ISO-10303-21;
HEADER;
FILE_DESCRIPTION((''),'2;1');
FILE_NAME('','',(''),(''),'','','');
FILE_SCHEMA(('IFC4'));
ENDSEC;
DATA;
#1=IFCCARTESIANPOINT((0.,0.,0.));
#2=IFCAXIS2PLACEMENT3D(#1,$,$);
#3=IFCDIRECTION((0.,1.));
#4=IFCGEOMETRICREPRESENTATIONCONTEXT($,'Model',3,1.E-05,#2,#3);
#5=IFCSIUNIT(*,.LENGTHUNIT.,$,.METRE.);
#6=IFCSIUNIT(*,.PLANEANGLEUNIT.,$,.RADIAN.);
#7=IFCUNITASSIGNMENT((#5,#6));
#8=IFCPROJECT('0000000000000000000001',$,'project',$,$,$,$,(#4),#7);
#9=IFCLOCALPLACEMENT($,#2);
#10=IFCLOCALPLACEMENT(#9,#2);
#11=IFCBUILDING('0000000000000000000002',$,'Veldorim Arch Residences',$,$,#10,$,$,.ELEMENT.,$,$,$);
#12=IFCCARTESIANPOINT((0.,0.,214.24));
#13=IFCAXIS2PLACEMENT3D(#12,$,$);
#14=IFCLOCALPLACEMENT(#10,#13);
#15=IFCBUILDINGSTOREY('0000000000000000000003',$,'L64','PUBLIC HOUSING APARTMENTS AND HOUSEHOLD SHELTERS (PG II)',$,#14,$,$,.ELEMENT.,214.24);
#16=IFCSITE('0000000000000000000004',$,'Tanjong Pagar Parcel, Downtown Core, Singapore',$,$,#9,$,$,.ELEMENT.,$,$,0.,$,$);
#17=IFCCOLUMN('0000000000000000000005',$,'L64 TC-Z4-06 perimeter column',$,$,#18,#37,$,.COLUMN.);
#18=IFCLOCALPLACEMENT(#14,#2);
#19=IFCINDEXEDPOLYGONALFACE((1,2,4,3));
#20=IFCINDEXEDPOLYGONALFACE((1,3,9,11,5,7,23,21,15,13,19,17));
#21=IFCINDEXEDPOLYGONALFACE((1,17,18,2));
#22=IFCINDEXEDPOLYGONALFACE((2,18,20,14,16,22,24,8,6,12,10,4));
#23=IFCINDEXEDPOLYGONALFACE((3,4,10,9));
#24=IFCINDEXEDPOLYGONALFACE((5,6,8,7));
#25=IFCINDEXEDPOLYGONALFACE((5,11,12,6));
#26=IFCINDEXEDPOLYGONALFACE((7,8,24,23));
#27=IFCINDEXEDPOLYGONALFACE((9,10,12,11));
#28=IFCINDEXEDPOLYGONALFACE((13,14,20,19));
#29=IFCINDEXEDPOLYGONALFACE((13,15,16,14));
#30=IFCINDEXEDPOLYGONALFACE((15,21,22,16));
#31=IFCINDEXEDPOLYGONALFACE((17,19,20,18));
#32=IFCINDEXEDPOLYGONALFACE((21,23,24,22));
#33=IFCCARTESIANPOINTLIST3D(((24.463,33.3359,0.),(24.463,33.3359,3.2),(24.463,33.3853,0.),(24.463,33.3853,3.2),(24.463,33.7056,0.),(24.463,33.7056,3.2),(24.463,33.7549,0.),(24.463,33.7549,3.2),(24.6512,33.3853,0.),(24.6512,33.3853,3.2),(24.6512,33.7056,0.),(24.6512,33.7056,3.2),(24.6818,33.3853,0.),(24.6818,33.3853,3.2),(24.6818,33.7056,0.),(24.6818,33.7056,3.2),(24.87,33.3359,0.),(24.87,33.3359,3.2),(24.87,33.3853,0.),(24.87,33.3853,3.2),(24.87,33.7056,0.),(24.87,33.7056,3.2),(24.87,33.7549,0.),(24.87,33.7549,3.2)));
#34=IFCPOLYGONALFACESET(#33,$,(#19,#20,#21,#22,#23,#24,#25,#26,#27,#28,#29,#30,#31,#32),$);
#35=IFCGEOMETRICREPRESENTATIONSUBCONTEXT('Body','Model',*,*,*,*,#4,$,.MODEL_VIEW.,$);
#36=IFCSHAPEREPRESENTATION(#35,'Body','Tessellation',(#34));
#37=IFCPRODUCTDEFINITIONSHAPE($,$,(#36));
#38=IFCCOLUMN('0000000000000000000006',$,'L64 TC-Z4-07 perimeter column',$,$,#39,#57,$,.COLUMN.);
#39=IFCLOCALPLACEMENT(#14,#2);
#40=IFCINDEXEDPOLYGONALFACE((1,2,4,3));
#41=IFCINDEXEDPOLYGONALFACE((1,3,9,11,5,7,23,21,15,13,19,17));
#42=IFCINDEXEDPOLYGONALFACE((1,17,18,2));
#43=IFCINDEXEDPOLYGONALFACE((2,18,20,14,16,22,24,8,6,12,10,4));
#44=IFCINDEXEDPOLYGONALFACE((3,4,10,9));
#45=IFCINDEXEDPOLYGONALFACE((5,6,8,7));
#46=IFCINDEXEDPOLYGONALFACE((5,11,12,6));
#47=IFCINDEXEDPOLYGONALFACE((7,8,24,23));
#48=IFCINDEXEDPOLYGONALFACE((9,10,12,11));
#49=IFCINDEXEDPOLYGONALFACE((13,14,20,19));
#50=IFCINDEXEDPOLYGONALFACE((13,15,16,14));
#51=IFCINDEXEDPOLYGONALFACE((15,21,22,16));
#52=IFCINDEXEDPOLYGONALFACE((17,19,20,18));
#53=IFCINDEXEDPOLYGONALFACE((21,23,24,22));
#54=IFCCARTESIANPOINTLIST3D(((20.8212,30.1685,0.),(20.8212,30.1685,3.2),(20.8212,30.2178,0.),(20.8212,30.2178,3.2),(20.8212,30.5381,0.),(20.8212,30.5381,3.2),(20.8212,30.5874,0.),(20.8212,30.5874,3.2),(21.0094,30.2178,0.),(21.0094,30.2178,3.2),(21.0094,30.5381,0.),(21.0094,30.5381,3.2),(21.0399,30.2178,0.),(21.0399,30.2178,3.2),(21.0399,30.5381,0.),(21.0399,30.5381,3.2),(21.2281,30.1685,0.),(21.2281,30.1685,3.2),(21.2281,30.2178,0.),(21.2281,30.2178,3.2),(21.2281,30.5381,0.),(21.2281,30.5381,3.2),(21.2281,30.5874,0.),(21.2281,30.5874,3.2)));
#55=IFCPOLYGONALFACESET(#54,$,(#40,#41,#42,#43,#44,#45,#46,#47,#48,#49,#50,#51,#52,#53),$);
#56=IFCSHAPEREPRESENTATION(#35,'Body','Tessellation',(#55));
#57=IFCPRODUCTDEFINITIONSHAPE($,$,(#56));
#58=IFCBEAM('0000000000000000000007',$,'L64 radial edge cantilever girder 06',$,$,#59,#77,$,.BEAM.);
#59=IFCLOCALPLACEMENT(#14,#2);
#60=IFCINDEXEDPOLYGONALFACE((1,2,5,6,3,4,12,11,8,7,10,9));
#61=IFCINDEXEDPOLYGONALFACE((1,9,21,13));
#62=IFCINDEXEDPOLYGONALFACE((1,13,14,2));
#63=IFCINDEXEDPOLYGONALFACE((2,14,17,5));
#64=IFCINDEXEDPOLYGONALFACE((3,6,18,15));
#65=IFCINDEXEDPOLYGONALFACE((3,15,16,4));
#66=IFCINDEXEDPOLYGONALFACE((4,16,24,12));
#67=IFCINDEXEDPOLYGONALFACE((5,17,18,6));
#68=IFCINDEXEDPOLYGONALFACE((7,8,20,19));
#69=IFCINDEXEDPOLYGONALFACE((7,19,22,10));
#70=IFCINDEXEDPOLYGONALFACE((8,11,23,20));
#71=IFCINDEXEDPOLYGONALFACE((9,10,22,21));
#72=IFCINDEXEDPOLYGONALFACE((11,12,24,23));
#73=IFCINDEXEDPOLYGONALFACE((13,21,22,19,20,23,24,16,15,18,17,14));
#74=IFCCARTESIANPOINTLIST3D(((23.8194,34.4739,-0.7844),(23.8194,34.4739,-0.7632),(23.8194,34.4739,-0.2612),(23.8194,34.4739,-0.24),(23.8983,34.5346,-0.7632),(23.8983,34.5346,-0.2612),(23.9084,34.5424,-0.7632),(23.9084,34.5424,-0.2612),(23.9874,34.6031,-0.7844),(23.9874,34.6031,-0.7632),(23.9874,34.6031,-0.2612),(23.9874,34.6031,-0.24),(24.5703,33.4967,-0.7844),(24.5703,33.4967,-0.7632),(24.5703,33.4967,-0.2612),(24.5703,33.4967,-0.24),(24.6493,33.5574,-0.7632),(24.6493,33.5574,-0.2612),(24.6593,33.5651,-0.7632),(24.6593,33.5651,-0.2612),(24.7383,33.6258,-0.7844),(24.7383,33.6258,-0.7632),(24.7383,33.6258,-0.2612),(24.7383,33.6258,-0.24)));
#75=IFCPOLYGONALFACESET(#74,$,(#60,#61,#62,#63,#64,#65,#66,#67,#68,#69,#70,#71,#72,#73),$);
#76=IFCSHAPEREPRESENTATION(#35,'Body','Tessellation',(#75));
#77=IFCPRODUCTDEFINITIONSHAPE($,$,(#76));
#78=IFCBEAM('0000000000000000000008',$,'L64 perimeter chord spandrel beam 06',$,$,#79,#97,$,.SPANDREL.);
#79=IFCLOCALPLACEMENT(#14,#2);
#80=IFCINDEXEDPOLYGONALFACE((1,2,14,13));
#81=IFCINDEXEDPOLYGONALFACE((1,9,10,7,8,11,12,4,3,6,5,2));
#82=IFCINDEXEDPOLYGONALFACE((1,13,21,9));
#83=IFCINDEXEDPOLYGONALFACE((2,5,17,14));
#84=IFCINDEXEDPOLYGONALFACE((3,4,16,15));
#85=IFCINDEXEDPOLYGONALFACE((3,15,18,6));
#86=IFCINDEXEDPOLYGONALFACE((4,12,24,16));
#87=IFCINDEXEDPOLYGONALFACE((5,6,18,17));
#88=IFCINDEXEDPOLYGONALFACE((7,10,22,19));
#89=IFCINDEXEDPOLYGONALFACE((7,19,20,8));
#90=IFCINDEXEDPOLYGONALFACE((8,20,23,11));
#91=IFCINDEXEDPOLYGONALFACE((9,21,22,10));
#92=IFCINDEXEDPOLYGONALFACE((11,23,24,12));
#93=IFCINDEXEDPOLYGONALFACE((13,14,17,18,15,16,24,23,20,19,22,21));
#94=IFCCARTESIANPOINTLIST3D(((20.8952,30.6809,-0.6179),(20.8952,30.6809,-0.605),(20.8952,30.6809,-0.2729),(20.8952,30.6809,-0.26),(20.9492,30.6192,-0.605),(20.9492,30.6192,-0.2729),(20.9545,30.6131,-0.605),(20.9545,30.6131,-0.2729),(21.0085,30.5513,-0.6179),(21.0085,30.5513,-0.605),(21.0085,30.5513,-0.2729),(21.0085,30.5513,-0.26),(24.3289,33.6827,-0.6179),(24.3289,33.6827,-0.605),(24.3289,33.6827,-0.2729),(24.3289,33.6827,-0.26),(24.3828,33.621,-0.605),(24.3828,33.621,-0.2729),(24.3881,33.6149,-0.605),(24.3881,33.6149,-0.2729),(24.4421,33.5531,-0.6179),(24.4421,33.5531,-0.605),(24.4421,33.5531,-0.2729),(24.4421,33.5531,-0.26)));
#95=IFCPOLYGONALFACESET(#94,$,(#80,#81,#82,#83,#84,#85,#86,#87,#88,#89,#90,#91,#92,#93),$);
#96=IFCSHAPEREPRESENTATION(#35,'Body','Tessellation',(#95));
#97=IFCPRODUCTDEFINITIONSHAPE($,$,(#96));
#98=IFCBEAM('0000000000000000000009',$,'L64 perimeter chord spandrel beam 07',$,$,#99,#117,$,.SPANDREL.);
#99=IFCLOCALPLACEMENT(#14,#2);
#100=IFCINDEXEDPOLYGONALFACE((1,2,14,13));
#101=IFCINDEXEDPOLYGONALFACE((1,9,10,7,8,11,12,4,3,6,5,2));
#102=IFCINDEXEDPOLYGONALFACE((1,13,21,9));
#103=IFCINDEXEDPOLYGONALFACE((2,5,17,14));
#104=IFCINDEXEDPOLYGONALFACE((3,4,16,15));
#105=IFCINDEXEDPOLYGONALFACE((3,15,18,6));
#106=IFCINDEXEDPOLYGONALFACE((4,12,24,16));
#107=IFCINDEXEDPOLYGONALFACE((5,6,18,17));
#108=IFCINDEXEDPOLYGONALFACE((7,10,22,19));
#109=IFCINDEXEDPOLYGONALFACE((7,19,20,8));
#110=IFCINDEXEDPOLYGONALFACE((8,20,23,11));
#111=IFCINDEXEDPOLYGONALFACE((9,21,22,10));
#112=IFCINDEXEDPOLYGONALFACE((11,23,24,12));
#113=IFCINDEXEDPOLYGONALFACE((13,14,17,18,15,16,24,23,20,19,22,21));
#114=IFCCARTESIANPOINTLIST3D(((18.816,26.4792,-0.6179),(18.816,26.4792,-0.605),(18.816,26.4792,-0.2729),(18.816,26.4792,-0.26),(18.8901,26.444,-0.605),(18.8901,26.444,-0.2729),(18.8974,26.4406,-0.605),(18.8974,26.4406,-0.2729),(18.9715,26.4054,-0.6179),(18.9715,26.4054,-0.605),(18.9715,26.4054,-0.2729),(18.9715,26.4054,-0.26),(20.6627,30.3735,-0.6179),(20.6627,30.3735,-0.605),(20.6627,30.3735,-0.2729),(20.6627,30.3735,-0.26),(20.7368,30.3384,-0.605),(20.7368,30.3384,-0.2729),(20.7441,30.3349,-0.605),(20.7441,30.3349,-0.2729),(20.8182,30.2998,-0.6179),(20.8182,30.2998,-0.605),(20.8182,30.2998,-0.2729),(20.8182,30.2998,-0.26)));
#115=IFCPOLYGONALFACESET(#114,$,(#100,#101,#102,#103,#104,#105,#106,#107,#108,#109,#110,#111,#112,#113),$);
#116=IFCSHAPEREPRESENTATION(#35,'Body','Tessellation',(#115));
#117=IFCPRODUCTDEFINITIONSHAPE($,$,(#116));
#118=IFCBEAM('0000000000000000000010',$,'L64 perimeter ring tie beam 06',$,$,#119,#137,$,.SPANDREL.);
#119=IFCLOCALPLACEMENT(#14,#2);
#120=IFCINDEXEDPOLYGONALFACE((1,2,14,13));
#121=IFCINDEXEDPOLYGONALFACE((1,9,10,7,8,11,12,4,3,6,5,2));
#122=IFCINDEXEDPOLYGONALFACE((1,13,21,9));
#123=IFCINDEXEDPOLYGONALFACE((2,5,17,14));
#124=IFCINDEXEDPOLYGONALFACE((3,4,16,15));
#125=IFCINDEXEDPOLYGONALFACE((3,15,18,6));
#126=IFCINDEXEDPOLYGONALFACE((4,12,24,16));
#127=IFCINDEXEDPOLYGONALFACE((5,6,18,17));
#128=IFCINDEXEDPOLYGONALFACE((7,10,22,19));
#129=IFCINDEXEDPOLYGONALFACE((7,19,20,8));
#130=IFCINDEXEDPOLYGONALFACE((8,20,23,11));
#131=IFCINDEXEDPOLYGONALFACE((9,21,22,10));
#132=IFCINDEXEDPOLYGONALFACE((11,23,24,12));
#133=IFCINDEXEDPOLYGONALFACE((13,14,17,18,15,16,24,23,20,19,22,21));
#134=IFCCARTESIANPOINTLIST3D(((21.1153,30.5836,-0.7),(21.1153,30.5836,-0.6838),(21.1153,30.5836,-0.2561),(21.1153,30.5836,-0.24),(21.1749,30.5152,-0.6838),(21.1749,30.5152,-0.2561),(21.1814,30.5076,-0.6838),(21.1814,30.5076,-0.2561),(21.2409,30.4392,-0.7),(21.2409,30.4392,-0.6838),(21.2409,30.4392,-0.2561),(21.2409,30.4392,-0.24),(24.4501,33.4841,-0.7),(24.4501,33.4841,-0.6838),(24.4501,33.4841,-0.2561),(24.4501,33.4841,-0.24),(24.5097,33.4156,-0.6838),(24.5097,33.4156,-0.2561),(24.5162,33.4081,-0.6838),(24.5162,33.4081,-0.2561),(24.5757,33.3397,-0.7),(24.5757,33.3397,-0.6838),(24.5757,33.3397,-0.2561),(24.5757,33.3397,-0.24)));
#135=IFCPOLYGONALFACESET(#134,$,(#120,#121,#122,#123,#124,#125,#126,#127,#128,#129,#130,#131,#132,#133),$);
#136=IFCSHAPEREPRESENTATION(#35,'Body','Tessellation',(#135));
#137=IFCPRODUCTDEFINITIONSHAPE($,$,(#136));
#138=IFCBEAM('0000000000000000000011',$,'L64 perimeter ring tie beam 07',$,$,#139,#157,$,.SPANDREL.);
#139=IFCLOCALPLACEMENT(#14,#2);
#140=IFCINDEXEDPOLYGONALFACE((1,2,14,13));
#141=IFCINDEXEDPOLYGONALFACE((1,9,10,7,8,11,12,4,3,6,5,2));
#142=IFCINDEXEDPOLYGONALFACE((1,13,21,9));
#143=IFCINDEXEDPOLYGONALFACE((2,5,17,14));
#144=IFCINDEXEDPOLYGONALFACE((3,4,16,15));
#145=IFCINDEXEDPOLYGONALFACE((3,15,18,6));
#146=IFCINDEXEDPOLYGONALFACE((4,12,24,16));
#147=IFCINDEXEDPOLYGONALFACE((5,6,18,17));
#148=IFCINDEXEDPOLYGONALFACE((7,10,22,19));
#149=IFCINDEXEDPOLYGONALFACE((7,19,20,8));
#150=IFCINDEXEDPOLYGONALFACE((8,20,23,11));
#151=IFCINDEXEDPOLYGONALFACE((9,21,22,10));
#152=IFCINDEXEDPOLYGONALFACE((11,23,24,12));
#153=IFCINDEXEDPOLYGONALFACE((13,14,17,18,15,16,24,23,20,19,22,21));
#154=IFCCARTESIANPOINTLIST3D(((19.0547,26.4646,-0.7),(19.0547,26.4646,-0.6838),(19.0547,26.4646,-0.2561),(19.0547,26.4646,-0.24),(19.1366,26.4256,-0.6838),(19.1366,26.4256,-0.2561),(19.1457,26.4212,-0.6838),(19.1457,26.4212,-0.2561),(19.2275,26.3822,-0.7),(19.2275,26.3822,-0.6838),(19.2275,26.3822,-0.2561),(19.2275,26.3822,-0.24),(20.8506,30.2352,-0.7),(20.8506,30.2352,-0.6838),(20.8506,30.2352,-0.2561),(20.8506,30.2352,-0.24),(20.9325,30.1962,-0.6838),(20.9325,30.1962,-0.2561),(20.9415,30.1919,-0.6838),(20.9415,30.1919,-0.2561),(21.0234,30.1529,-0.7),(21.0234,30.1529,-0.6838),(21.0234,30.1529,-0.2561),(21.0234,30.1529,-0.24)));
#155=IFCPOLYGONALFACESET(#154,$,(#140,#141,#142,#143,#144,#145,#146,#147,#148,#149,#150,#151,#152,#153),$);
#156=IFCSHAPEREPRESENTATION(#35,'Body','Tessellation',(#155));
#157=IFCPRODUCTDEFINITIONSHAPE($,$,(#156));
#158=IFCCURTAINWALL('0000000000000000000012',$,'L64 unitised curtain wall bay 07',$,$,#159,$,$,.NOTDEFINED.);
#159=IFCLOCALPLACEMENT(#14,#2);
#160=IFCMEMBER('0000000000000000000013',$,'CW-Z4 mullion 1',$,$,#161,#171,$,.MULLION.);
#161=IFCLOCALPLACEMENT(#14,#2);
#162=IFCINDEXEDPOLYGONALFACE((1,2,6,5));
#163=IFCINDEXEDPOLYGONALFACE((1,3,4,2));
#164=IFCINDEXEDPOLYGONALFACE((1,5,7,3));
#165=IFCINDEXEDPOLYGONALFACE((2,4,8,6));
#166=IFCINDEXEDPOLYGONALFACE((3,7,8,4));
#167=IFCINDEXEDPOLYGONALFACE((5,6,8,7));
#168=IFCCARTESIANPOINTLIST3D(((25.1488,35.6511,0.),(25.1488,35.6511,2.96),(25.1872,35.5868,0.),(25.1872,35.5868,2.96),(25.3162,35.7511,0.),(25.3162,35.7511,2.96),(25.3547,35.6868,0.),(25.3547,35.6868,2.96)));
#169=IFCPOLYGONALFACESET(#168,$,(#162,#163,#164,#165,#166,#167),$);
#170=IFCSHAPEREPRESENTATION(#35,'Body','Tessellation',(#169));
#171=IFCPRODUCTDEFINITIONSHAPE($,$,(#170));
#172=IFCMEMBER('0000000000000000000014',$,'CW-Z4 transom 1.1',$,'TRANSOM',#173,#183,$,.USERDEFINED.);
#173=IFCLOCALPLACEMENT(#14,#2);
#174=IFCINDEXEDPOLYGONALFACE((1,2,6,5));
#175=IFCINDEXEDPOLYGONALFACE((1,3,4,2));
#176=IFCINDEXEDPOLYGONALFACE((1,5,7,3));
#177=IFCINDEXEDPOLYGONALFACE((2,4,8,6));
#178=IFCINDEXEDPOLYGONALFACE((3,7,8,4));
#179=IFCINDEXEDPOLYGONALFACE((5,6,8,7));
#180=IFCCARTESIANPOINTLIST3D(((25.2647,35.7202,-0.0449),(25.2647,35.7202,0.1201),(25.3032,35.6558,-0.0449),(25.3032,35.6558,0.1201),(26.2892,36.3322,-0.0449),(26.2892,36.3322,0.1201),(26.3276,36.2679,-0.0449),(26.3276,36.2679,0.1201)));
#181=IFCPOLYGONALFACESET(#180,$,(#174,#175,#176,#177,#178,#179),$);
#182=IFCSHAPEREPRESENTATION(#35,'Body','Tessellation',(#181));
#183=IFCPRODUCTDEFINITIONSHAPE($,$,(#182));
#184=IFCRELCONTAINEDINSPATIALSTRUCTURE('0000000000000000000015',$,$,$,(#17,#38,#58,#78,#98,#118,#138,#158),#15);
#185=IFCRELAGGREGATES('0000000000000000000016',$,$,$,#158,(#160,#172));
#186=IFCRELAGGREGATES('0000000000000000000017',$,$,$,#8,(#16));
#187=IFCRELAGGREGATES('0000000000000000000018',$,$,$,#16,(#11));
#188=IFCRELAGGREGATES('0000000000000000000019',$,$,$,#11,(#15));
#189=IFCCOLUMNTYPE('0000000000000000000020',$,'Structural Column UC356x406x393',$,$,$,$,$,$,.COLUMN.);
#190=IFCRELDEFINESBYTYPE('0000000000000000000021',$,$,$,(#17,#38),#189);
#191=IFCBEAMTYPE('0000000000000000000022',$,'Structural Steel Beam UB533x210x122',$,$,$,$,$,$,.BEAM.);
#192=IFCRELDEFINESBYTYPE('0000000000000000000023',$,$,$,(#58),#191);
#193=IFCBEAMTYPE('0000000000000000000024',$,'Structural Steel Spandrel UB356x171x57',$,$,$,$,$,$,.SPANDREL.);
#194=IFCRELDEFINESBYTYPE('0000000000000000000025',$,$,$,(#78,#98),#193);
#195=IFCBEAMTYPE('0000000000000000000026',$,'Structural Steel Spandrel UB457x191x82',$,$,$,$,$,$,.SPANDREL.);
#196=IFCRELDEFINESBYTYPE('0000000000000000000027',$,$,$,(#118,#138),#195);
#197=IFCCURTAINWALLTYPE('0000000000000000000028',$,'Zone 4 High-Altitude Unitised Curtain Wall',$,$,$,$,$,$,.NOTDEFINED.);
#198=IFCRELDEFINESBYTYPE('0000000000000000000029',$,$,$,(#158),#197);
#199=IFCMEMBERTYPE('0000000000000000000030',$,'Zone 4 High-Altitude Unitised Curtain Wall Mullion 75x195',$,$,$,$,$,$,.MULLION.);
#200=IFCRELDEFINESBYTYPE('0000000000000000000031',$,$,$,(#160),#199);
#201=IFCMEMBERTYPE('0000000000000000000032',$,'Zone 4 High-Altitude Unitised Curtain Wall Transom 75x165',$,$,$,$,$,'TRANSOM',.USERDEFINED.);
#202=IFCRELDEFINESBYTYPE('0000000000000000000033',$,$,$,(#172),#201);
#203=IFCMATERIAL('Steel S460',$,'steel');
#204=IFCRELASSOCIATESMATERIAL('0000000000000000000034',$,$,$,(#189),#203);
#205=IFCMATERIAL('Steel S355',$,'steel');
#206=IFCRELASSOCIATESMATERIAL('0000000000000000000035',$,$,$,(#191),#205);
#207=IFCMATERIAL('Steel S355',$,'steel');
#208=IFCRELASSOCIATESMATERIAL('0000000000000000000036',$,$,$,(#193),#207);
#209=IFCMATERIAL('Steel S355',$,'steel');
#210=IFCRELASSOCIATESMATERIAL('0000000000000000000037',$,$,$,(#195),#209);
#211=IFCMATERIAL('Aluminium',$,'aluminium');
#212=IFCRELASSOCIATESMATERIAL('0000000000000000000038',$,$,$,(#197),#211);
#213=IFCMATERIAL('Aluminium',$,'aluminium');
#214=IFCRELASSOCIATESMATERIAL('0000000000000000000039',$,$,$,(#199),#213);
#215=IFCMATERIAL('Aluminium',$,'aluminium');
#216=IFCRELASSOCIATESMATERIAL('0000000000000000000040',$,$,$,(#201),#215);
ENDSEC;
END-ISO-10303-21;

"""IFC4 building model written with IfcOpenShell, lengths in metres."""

from ifc_helpers import new_model, si_unit, direction, frame, origin, origin_2d, place, context, subcontext, project, spatial, rectangle, i_section, extrude, material, material_profile, profile_set, type_object, element, aggregate, save


model = new_model("IFC4")

# Units and contexts
model_context = context("Model", 3, precision=1e-05, world=origin(), true_north=direction((0.0, 1.0)))
body_context = subcontext(model_context, "Body", "Model", "MODEL_VIEW")
ifc_project = project(units=[si_unit("LENGTHUNIT", "METRE"), si_unit("PLANEANGLEUNIT", "RADIAN")], contexts=[model_context])

# Site, building, storey
site_placement = place(None, origin())
site = spatial("IfcSite", under=ifc_project, at=site_placement, Name="Tanjong Pagar Parcel, Downtown Core, Singapore", CompositionType="ELEMENT", RefElevation=0.0)
building_placement = place(site_placement, origin())
building = spatial("IfcBuilding", under=site, at=building_placement, Name="Veldorim Arch Residences", CompositionType="ELEMENT")
storey_placement = place(building_placement, frame((0.0, 0.0, 214.24)))
storey = spatial("IfcBuildingStorey", under=building, at=storey_placement, Name="L64", Description="PUBLIC HOUSING APARTMENTS AND HOUSEHOLD SHELTERS (PG II)", CompositionType="ELEMENT", Elevation=214.24)

# Columns
ifc_material_1 = material(Name="Steel S460", Category="steel")
ifc_material_profile_1 = material_profile(ifc_material_1, i_section(OverallWidth=0.407, OverallDepth=0.4189, WebThickness=0.0305, FlangeThickness=0.0493, at=origin_2d()), Name="UC356x406x393")
ifc_profile_set_1 = profile_set([ifc_material_profile_1], Name="Steel S460")
column_type = type_object("IfcColumnType", Name="Structural Column UC356x406x393", PredefinedType="COLUMN", material=ifc_profile_set_1)
for number, where, z_axis, x_axis, name in (
    (1, (24.6665, 33.5454, 0.0), (0.0, 0.0, 1.0), (1.0, 0.0, 0.0), "L64 TC-Z4-06 perimeter column"),
    (2, (21.0247, 30.3779, 0.0), (0.0, 0.0, 1.0), (1.0, 0.0, 0.0), "L64 TC-Z4-07 perimeter column"),
):
    element("IfcColumn", number, at=place(storey_placement, frame(where, z_axis=z_axis, x_axis=x_axis)), inside=storey, type_object=column_type, Name=name, PredefinedType="COLUMN", context=body_context, shape_type="SweptSolid", body=[
        extrude(i_section(OverallWidth=0.407, OverallDepth=0.4189, WebThickness=0.0305, FlangeThickness=0.0493, at=origin_2d()), origin(), (0.0, 0.0, 1.0), 3.2),
    ])

# Beams
ifc_material_2 = material(Name="Steel S355", Category="steel")
ifc_material_profile_2 = material_profile(ifc_material_2, i_section(OverallWidth=0.2119, OverallDepth=0.5444, WebThickness=0.0127, FlangeThickness=0.0212, at=origin_2d()), Name="UB533x210x122")
ifc_profile_set_2 = profile_set([ifc_material_profile_2], Name="Steel S355")
beam_type_1 = type_object("IfcBeamType", Name="Structural Steel Beam UB533x210x122", PredefinedType="BEAM", material=ifc_profile_set_2)
beam_1_placement = place(storey_placement, frame((24.6543, 33.5613, -0.5122), z_axis=(-0.609309, 0.792933, 0.0), x_axis=(-0.792933, -0.609309, 0.0)))
element("IfcBeam", 3, at=beam_1_placement, inside=storey, type_object=beam_type_1, Name="L64 radial edge cantilever girder 06", PredefinedType="BEAM", context=body_context, shape_type="SweptSolid", body=[
    extrude(i_section(OverallWidth=0.2119, OverallDepth=0.5444, WebThickness=0.0127, FlangeThickness=0.0212, at=origin_2d()), origin(), (0.0, 0.0, 1.0), 1.2324),
])
ifc_material_3 = material(Name="Steel S355", Category="steel")
ifc_material_profile_3 = material_profile(ifc_material_3, i_section(OverallWidth=0.1721, OverallDepth=0.3579, WebThickness=0.0081, FlangeThickness=0.0129, at=origin_2d()), Name="UB356x171x57")
ifc_profile_set_3 = profile_set([ifc_material_profile_3], Name="Steel S355")
beam_type_2 = type_object("IfcBeamType", Name="Structural Steel Spandrel UB356x171x57", PredefinedType="SPANDREL", material=ifc_profile_set_3)
beam_2_placement = place(storey_placement, frame((24.3855, 33.6179, -0.439), z_axis=(-0.752868, -0.658171, 0.0), x_axis=(0.658171, -0.752868, 0.0)))
element("IfcBeam", 4, at=beam_2_placement, inside=storey, type_object=beam_type_2, Name="L64 perimeter chord spandrel beam 06", PredefinedType="SPANDREL", context=body_context, shape_type="SweptSolid", body=[
    extrude(i_section(OverallWidth=0.1721, OverallDepth=0.3579, WebThickness=0.0081, FlangeThickness=0.0129, at=origin_2d()), origin(), (0.0, 0.0, 1.0), 4.5608),
])
beam_3_placement = place(storey_placement, frame((20.7405, 30.3367, -0.439), z_axis=(-0.428469, -0.903557, 0.0), x_axis=(0.903557, -0.428469, 0.0)))
element("IfcBeam", 5, at=beam_3_placement, inside=storey, type_object=beam_type_2, Name="L64 perimeter chord spandrel beam 07", PredefinedType="SPANDREL", context=body_context, shape_type="SweptSolid", body=[
    extrude(i_section(OverallWidth=0.1721, OverallDepth=0.3579, WebThickness=0.0081, FlangeThickness=0.0129, at=origin_2d()), origin(), (0.0, 0.0, 1.0), 4.3101),
])
ifc_material_4 = material(Name="Steel S355", Category="steel")
ifc_material_profile_4 = material_profile(ifc_material_4, i_section(OverallWidth=0.1914, OverallDepth=0.46, WebThickness=0.01, FlangeThickness=0.0161, at=origin_2d()), Name="UB457x191x82")
ifc_profile_set_4 = profile_set([ifc_material_profile_4], Name="Steel S355")
beam_type_3 = type_object("IfcBeamType", Name="Structural Steel Spandrel UB457x191x82", PredefinedType="SPANDREL", material=ifc_profile_set_4)
beam_4_placement = place(storey_placement, frame((24.5129, 33.4119, -0.47), z_axis=(-0.754534, -0.656261, 0.0), x_axis=(0.656261, -0.754534, 0.0)))
element("IfcBeam", 6, at=beam_4_placement, inside=storey, type_object=beam_type_3, Name="L64 perimeter ring tie beam 06", PredefinedType="SPANDREL", context=body_context, shape_type="SweptSolid", body=[
    extrude(i_section(OverallWidth=0.1914, OverallDepth=0.46, WebThickness=0.01, FlangeThickness=0.0161, at=origin_2d()), origin(), (0.0, 0.0, 1.0), 4.4197),
])
beam_5_placement = place(storey_placement, frame((20.937, 30.1941, -0.47), z_axis=(-0.429993, -0.902832, 0.0), x_axis=(0.902832, -0.429993, 0.0)))
element("IfcBeam", 7, at=beam_5_placement, inside=storey, type_object=beam_type_3, Name="L64 perimeter ring tie beam 07", PredefinedType="SPANDREL", context=body_context, shape_type="SweptSolid", body=[
    extrude(i_section(OverallWidth=0.1914, OverallDepth=0.46, WebThickness=0.01, FlangeThickness=0.0161, at=origin_2d()), origin(), (0.0, 0.0, 1.0), 4.1765),
])

# Curtain wall, members
ifc_material_5 = material(Name="Aluminium", Category="aluminium")
curtain_wall_type = type_object("IfcCurtainWallType", Name="Zone 4 High-Altitude Unitised Curtain Wall", PredefinedType="NOTDEFINED", material=ifc_material_5)
curtain_wall_placement = place(storey_placement, origin())
curtain_wall = element("IfcCurtainWall", 8, at=curtain_wall_placement, inside=storey, type_object=curtain_wall_type, Name="L64 unitised curtain wall bay 07", PredefinedType="NOTDEFINED")
ifc_material_6 = material(Name="Aluminium", Category="aluminium")
ifc_material_profile_5 = material_profile(ifc_material_6, rectangle(XDim=0.075, YDim=0.1951, at=origin_2d()), Name="ALU_MUL_75x195")
ifc_profile_set_5 = profile_set([ifc_material_profile_5], Name="Aluminium")
member_type_1 = type_object("IfcMemberType", Name="Zone 4 High-Altitude Unitised Curtain Wall Mullion 75x195", PredefinedType="MULLION", material=ifc_profile_set_5)
member_1_placement = place(storey_placement, frame((25.2517, 35.6689, 0.0), z_axis=(0.0, 0.0, 1.0), x_axis=(-0.512817, 0.858498, 0.0)))
member_1 = element("IfcMember", 9, at=member_1_placement, type_object=member_type_1, Name="CW-Z4 mullion 1", PredefinedType="MULLION", context=body_context, shape_type="SweptSolid", body=[
    extrude(rectangle(XDim=0.075, YDim=0.1951, at=origin_2d()), origin(), (0.0, 0.0, 1.0), 2.96),
])
ifc_material_7 = material(Name="Aluminium", Category="aluminium")
ifc_material_profile_6 = material_profile(ifc_material_7, rectangle(XDim=0.075, YDim=0.165, at=origin_2d()), Name="ALU_TRN_75x165")
ifc_profile_set_6 = profile_set([ifc_material_profile_6], Name="Aluminium")
member_type_2 = type_object("IfcMemberType", Name="Zone 4 High-Altitude Unitised Curtain Wall Transom 75x165", ElementType="TRANSOM", PredefinedType="USERDEFINED", material=ifc_profile_set_6)
member_2_placement = place(storey_placement, frame((25.2839, 35.688, 0.0376), z_axis=(0.858448, 0.5129, 0.0), x_axis=(-0.5129, 0.858448, 0.0)))
member_2 = element("IfcMember", 10, at=member_2_placement, type_object=member_type_2, Name="CW-Z4 transom 1.1", ObjectType="TRANSOM", PredefinedType="USERDEFINED", context=body_context, shape_type="SweptSolid", body=[
    extrude(rectangle(XDim=0.075, YDim=0.165, at=origin_2d()), origin(), (0.0, 0.0, 1.0), 1.1934),
])
aggregate(curtain_wall, [member_1, member_2])

save(model, "model.ifc")
